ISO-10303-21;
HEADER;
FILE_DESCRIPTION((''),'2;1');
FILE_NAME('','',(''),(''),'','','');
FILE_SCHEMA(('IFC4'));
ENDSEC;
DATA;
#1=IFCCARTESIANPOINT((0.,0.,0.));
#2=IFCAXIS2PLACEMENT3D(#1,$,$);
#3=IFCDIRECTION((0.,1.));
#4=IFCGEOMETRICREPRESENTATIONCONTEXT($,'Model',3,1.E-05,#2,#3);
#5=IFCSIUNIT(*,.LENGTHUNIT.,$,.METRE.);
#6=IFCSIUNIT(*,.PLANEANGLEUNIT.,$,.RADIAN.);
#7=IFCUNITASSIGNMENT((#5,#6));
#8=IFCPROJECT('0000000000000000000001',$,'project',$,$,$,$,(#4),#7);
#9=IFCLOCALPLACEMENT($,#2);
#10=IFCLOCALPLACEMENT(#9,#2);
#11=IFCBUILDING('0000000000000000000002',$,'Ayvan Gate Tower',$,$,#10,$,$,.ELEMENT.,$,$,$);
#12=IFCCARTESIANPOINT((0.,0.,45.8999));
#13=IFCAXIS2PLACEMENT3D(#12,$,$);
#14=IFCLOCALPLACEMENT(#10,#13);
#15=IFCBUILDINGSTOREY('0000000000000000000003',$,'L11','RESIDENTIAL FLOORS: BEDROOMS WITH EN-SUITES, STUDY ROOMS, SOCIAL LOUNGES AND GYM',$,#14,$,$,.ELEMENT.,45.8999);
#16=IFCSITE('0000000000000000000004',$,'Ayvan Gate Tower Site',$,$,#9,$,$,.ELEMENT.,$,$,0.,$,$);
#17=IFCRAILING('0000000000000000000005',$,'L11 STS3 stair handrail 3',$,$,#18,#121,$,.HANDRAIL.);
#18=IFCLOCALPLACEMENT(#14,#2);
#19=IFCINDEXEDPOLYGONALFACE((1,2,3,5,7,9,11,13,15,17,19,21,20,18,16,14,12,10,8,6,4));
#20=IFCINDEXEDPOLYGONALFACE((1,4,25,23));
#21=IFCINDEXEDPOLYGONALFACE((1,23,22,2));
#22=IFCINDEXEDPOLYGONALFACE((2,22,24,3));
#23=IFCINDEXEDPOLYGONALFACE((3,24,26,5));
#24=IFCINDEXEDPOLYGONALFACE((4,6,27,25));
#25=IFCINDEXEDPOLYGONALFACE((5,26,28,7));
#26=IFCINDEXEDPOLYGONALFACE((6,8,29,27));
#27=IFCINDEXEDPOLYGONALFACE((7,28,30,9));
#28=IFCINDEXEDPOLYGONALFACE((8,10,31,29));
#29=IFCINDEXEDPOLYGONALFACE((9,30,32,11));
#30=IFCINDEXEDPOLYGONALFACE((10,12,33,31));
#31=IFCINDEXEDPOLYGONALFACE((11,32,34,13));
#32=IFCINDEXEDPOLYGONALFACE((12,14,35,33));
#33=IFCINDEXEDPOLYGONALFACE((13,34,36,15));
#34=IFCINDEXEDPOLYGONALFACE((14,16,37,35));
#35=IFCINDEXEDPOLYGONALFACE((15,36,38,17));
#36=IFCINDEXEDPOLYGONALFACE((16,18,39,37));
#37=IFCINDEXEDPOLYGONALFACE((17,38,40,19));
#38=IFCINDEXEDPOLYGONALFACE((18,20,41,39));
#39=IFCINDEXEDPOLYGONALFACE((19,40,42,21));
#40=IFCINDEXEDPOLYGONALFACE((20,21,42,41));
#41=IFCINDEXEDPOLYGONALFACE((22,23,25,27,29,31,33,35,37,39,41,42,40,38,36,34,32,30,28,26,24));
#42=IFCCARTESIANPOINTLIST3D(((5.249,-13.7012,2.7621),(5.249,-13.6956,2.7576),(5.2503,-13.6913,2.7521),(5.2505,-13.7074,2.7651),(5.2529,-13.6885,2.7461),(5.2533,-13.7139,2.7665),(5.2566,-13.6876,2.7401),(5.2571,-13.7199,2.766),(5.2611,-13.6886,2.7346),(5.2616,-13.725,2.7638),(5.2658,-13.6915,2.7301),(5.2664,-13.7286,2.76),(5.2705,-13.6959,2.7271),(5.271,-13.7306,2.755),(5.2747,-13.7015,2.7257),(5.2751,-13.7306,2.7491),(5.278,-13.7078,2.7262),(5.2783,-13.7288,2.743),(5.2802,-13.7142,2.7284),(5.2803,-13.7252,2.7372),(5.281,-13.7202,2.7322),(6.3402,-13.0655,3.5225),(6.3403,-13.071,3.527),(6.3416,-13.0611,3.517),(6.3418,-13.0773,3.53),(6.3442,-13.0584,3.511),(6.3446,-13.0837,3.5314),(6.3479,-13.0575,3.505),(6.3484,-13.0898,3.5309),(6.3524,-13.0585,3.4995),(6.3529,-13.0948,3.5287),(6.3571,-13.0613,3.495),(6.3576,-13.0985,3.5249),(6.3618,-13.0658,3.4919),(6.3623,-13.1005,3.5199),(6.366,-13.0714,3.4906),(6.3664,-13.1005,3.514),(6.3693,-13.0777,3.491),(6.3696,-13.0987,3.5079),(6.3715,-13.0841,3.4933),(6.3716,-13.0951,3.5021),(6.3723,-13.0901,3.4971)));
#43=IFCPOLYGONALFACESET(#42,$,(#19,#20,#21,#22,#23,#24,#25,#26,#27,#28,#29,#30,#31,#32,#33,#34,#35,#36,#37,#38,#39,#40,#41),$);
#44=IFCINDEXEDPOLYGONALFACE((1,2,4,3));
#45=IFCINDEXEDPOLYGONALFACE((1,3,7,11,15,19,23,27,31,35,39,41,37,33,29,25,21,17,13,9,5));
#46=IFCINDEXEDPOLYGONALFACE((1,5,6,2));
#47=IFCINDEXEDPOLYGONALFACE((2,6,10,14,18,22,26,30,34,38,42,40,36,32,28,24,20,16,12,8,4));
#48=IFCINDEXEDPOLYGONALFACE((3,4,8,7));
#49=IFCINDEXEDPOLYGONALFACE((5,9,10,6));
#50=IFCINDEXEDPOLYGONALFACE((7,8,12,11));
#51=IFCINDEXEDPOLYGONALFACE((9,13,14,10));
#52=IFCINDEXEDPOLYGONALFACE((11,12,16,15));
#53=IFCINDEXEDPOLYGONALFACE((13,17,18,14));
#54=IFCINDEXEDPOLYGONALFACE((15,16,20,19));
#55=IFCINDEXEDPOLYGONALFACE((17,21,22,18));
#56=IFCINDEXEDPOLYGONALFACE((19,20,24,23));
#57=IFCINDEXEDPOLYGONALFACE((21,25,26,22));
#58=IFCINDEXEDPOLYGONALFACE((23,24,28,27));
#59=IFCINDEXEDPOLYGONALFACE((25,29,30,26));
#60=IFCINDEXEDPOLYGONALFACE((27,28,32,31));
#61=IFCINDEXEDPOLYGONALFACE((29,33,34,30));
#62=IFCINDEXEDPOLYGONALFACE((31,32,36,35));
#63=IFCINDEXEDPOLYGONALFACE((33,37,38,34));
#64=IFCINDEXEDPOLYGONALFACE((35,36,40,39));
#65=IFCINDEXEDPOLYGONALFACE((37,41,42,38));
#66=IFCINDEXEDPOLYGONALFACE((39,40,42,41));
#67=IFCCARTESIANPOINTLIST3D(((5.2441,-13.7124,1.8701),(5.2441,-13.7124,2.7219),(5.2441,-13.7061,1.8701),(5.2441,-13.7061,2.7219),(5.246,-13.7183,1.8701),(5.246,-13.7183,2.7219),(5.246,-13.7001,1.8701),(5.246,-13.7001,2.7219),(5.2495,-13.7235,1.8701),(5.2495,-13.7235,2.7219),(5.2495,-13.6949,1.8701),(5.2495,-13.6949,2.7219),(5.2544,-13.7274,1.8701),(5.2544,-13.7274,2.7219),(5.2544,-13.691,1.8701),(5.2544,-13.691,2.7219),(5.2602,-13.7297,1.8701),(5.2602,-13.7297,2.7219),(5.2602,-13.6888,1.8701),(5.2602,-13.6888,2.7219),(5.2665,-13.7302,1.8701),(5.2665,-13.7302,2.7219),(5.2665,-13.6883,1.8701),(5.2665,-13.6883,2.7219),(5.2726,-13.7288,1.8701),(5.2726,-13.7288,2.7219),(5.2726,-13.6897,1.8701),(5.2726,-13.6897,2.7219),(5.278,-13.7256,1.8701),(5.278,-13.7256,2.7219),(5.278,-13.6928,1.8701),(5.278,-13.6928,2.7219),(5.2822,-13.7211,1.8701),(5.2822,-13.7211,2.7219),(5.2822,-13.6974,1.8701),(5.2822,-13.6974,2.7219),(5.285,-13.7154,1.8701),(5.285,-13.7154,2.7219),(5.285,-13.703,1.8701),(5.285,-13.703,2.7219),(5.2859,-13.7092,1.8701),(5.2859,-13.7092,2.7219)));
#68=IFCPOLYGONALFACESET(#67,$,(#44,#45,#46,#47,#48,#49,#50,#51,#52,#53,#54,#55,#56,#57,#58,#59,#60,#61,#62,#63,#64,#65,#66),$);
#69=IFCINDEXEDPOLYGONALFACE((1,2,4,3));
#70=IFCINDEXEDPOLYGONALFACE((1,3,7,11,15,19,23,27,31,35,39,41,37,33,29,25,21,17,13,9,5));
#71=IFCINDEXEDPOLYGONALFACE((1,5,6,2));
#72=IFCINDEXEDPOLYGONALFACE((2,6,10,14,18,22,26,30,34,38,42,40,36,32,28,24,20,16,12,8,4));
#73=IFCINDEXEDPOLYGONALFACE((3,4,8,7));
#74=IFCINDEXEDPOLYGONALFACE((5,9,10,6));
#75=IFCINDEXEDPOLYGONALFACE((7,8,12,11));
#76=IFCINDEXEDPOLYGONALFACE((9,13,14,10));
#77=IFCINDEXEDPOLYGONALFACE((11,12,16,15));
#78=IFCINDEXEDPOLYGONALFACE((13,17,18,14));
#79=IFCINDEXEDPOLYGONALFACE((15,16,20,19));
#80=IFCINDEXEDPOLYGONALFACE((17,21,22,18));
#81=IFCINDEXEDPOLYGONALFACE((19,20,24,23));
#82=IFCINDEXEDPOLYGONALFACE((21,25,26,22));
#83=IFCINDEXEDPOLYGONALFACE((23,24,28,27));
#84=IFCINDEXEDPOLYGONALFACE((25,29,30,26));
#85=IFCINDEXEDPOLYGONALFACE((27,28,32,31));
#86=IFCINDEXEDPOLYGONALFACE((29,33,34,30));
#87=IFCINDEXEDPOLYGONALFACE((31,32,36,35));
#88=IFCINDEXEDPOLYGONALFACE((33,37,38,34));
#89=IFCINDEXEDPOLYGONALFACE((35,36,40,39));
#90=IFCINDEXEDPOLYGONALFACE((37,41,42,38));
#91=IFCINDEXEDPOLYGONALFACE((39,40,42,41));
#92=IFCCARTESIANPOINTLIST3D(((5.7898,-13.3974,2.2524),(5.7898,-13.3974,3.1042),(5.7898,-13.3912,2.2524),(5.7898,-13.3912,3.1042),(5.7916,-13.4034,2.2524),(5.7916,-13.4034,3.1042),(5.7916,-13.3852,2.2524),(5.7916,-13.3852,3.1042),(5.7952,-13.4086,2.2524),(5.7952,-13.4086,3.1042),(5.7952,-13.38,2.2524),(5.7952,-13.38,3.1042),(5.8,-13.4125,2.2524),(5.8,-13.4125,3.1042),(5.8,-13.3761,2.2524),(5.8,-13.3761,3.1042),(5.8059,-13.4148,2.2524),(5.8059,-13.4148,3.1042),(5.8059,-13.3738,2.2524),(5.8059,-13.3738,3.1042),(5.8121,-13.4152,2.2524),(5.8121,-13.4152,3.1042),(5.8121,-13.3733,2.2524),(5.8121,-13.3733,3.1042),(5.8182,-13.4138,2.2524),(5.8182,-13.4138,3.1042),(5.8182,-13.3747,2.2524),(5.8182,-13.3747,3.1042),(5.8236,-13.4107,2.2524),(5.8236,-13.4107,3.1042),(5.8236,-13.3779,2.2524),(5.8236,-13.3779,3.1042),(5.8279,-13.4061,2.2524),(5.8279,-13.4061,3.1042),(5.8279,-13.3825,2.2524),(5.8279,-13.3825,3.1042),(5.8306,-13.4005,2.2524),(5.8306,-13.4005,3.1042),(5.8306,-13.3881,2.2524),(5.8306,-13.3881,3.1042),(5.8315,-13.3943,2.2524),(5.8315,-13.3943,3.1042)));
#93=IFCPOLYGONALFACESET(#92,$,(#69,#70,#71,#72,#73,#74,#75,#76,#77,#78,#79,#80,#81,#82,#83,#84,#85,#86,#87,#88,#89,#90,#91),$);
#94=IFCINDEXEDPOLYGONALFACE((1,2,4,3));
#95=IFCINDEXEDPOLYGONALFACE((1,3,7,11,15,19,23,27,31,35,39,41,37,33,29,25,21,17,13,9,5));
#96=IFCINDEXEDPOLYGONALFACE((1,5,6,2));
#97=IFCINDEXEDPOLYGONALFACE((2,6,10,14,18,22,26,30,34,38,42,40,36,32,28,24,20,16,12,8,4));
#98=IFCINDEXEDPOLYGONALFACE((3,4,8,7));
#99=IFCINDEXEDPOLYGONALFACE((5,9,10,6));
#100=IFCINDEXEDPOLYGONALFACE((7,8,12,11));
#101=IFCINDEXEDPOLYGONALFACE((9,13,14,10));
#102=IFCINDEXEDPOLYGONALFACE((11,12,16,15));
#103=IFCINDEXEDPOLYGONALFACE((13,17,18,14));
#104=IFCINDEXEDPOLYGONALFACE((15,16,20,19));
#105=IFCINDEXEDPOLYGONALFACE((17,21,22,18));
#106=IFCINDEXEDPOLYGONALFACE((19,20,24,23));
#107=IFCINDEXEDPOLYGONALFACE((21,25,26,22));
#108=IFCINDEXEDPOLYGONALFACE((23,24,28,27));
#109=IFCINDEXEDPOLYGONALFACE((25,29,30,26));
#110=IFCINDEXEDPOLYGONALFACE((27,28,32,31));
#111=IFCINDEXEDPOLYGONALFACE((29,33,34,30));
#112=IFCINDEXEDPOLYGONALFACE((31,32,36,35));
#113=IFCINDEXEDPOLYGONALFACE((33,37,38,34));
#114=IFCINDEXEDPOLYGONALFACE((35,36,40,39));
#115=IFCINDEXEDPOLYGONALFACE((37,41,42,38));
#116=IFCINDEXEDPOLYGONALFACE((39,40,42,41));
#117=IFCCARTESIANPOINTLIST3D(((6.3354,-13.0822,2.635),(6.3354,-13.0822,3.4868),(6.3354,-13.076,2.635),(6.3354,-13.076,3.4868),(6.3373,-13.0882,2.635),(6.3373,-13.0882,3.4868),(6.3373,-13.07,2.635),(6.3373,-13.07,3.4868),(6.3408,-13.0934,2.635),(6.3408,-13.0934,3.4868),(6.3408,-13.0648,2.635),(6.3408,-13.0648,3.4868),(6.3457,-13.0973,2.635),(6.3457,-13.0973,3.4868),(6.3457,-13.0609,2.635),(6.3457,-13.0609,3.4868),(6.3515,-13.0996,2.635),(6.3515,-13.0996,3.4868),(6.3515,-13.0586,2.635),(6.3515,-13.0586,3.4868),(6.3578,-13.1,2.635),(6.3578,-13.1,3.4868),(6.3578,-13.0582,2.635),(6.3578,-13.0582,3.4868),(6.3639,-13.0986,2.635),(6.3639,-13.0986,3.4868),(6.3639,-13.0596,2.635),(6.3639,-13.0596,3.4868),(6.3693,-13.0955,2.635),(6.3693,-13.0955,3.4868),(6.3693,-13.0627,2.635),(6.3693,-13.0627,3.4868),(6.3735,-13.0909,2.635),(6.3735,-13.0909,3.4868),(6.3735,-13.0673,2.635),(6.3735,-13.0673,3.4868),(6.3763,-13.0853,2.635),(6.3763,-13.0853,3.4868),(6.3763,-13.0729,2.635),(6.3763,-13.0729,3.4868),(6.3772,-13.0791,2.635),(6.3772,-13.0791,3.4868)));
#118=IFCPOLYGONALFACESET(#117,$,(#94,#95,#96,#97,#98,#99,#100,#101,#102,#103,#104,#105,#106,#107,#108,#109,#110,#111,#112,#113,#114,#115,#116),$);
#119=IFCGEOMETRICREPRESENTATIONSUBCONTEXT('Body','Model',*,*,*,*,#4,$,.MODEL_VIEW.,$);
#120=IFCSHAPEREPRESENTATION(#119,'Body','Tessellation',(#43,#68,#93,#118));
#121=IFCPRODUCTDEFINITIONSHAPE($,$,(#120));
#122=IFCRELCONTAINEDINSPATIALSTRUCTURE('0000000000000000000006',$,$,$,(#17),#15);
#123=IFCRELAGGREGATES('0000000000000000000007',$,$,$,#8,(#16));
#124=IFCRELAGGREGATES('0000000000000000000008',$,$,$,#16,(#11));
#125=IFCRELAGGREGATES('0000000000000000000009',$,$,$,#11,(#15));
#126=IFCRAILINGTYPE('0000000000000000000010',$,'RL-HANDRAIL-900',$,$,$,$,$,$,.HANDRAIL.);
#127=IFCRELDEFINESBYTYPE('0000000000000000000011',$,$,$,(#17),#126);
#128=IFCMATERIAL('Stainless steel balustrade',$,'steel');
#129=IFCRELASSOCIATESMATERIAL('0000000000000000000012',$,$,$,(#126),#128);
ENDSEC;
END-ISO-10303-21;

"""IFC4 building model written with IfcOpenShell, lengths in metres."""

from ifc_helpers import new_model, si_unit, direction, frame, origin, origin_2d, place, context, subcontext, project, spatial, circle, extrude, material, type_object, element, save


model = new_model("IFC4")

# Units and contexts
model_context = context("Model", 3, precision=1e-05, world=origin(), true_north=direction((0.0, 1.0)))
body_context = subcontext(model_context, "Body", "Model", "MODEL_VIEW")
ifc_project = project(units=[si_unit("LENGTHUNIT", "METRE"), si_unit("PLANEANGLEUNIT", "RADIAN")], contexts=[model_context])

# Site, building, storey
site_placement = place(None, origin())
site = spatial("IfcSite", under=ifc_project, at=site_placement, Name="Ayvan Gate Tower Site", CompositionType="ELEMENT", RefElevation=0.0)
building_placement = place(site_placement, origin())
building = spatial("IfcBuilding", under=site, at=building_placement, Name="Ayvan Gate Tower", CompositionType="ELEMENT")
storey_placement = place(building_placement, frame((0.0, 0.0, 45.8999)))
storey = spatial("IfcBuildingStorey", under=building, at=storey_placement, Name="L11", Description="RESIDENTIAL FLOORS: BEDROOMS WITH EN-SUITES, STUDY ROOMS, SOCIAL LOUNGES AND GYM", CompositionType="ELEMENT", Elevation=45.8999)

# Railing
ifc_material_1 = material(Name="Stainless steel balustrade", Category="steel")
railing_type = type_object("IfcRailingType", Name="RL-HANDRAIL-900", PredefinedType="HANDRAIL", material=ifc_material_1)
railing_1_placement = place(storey_placement, frame((5.2649, -13.7092, 1.8701)))
element("IfcRailing", 1, at=railing_1_placement, inside=storey, type_object=railing_type, Name="L11 STS3 stair handrail 3", PredefinedType="HANDRAIL", context=body_context, shape_type="SweptSolid", body=[
    extrude(circle(Radius=0.0239, at=origin_2d()), frame((0.0, 0.0, 0.876), z_axis=(0.740304, 0.427455, 0.518875), x_axis=(-0.500035, 0.866005, 0.0)), (0.0, 0.0, 1.0), 1.4741),
    extrude(circle(Radius=0.021, at=origin_2d()), origin(), (0.0, 0.0, 1.0), 0.8518),
    extrude(circle(Radius=0.021, at=origin_2d()), frame((0.5457, 0.3149, 0.3823)), (0.0, 0.0, 1.0), 0.8518),
    extrude(circle(Radius=0.021, at=origin_2d()), frame((1.0913, 0.6301, 0.7649)), (0.0, 0.0, 1.0), 0.8518),
])

save(model, "model.ifc")
